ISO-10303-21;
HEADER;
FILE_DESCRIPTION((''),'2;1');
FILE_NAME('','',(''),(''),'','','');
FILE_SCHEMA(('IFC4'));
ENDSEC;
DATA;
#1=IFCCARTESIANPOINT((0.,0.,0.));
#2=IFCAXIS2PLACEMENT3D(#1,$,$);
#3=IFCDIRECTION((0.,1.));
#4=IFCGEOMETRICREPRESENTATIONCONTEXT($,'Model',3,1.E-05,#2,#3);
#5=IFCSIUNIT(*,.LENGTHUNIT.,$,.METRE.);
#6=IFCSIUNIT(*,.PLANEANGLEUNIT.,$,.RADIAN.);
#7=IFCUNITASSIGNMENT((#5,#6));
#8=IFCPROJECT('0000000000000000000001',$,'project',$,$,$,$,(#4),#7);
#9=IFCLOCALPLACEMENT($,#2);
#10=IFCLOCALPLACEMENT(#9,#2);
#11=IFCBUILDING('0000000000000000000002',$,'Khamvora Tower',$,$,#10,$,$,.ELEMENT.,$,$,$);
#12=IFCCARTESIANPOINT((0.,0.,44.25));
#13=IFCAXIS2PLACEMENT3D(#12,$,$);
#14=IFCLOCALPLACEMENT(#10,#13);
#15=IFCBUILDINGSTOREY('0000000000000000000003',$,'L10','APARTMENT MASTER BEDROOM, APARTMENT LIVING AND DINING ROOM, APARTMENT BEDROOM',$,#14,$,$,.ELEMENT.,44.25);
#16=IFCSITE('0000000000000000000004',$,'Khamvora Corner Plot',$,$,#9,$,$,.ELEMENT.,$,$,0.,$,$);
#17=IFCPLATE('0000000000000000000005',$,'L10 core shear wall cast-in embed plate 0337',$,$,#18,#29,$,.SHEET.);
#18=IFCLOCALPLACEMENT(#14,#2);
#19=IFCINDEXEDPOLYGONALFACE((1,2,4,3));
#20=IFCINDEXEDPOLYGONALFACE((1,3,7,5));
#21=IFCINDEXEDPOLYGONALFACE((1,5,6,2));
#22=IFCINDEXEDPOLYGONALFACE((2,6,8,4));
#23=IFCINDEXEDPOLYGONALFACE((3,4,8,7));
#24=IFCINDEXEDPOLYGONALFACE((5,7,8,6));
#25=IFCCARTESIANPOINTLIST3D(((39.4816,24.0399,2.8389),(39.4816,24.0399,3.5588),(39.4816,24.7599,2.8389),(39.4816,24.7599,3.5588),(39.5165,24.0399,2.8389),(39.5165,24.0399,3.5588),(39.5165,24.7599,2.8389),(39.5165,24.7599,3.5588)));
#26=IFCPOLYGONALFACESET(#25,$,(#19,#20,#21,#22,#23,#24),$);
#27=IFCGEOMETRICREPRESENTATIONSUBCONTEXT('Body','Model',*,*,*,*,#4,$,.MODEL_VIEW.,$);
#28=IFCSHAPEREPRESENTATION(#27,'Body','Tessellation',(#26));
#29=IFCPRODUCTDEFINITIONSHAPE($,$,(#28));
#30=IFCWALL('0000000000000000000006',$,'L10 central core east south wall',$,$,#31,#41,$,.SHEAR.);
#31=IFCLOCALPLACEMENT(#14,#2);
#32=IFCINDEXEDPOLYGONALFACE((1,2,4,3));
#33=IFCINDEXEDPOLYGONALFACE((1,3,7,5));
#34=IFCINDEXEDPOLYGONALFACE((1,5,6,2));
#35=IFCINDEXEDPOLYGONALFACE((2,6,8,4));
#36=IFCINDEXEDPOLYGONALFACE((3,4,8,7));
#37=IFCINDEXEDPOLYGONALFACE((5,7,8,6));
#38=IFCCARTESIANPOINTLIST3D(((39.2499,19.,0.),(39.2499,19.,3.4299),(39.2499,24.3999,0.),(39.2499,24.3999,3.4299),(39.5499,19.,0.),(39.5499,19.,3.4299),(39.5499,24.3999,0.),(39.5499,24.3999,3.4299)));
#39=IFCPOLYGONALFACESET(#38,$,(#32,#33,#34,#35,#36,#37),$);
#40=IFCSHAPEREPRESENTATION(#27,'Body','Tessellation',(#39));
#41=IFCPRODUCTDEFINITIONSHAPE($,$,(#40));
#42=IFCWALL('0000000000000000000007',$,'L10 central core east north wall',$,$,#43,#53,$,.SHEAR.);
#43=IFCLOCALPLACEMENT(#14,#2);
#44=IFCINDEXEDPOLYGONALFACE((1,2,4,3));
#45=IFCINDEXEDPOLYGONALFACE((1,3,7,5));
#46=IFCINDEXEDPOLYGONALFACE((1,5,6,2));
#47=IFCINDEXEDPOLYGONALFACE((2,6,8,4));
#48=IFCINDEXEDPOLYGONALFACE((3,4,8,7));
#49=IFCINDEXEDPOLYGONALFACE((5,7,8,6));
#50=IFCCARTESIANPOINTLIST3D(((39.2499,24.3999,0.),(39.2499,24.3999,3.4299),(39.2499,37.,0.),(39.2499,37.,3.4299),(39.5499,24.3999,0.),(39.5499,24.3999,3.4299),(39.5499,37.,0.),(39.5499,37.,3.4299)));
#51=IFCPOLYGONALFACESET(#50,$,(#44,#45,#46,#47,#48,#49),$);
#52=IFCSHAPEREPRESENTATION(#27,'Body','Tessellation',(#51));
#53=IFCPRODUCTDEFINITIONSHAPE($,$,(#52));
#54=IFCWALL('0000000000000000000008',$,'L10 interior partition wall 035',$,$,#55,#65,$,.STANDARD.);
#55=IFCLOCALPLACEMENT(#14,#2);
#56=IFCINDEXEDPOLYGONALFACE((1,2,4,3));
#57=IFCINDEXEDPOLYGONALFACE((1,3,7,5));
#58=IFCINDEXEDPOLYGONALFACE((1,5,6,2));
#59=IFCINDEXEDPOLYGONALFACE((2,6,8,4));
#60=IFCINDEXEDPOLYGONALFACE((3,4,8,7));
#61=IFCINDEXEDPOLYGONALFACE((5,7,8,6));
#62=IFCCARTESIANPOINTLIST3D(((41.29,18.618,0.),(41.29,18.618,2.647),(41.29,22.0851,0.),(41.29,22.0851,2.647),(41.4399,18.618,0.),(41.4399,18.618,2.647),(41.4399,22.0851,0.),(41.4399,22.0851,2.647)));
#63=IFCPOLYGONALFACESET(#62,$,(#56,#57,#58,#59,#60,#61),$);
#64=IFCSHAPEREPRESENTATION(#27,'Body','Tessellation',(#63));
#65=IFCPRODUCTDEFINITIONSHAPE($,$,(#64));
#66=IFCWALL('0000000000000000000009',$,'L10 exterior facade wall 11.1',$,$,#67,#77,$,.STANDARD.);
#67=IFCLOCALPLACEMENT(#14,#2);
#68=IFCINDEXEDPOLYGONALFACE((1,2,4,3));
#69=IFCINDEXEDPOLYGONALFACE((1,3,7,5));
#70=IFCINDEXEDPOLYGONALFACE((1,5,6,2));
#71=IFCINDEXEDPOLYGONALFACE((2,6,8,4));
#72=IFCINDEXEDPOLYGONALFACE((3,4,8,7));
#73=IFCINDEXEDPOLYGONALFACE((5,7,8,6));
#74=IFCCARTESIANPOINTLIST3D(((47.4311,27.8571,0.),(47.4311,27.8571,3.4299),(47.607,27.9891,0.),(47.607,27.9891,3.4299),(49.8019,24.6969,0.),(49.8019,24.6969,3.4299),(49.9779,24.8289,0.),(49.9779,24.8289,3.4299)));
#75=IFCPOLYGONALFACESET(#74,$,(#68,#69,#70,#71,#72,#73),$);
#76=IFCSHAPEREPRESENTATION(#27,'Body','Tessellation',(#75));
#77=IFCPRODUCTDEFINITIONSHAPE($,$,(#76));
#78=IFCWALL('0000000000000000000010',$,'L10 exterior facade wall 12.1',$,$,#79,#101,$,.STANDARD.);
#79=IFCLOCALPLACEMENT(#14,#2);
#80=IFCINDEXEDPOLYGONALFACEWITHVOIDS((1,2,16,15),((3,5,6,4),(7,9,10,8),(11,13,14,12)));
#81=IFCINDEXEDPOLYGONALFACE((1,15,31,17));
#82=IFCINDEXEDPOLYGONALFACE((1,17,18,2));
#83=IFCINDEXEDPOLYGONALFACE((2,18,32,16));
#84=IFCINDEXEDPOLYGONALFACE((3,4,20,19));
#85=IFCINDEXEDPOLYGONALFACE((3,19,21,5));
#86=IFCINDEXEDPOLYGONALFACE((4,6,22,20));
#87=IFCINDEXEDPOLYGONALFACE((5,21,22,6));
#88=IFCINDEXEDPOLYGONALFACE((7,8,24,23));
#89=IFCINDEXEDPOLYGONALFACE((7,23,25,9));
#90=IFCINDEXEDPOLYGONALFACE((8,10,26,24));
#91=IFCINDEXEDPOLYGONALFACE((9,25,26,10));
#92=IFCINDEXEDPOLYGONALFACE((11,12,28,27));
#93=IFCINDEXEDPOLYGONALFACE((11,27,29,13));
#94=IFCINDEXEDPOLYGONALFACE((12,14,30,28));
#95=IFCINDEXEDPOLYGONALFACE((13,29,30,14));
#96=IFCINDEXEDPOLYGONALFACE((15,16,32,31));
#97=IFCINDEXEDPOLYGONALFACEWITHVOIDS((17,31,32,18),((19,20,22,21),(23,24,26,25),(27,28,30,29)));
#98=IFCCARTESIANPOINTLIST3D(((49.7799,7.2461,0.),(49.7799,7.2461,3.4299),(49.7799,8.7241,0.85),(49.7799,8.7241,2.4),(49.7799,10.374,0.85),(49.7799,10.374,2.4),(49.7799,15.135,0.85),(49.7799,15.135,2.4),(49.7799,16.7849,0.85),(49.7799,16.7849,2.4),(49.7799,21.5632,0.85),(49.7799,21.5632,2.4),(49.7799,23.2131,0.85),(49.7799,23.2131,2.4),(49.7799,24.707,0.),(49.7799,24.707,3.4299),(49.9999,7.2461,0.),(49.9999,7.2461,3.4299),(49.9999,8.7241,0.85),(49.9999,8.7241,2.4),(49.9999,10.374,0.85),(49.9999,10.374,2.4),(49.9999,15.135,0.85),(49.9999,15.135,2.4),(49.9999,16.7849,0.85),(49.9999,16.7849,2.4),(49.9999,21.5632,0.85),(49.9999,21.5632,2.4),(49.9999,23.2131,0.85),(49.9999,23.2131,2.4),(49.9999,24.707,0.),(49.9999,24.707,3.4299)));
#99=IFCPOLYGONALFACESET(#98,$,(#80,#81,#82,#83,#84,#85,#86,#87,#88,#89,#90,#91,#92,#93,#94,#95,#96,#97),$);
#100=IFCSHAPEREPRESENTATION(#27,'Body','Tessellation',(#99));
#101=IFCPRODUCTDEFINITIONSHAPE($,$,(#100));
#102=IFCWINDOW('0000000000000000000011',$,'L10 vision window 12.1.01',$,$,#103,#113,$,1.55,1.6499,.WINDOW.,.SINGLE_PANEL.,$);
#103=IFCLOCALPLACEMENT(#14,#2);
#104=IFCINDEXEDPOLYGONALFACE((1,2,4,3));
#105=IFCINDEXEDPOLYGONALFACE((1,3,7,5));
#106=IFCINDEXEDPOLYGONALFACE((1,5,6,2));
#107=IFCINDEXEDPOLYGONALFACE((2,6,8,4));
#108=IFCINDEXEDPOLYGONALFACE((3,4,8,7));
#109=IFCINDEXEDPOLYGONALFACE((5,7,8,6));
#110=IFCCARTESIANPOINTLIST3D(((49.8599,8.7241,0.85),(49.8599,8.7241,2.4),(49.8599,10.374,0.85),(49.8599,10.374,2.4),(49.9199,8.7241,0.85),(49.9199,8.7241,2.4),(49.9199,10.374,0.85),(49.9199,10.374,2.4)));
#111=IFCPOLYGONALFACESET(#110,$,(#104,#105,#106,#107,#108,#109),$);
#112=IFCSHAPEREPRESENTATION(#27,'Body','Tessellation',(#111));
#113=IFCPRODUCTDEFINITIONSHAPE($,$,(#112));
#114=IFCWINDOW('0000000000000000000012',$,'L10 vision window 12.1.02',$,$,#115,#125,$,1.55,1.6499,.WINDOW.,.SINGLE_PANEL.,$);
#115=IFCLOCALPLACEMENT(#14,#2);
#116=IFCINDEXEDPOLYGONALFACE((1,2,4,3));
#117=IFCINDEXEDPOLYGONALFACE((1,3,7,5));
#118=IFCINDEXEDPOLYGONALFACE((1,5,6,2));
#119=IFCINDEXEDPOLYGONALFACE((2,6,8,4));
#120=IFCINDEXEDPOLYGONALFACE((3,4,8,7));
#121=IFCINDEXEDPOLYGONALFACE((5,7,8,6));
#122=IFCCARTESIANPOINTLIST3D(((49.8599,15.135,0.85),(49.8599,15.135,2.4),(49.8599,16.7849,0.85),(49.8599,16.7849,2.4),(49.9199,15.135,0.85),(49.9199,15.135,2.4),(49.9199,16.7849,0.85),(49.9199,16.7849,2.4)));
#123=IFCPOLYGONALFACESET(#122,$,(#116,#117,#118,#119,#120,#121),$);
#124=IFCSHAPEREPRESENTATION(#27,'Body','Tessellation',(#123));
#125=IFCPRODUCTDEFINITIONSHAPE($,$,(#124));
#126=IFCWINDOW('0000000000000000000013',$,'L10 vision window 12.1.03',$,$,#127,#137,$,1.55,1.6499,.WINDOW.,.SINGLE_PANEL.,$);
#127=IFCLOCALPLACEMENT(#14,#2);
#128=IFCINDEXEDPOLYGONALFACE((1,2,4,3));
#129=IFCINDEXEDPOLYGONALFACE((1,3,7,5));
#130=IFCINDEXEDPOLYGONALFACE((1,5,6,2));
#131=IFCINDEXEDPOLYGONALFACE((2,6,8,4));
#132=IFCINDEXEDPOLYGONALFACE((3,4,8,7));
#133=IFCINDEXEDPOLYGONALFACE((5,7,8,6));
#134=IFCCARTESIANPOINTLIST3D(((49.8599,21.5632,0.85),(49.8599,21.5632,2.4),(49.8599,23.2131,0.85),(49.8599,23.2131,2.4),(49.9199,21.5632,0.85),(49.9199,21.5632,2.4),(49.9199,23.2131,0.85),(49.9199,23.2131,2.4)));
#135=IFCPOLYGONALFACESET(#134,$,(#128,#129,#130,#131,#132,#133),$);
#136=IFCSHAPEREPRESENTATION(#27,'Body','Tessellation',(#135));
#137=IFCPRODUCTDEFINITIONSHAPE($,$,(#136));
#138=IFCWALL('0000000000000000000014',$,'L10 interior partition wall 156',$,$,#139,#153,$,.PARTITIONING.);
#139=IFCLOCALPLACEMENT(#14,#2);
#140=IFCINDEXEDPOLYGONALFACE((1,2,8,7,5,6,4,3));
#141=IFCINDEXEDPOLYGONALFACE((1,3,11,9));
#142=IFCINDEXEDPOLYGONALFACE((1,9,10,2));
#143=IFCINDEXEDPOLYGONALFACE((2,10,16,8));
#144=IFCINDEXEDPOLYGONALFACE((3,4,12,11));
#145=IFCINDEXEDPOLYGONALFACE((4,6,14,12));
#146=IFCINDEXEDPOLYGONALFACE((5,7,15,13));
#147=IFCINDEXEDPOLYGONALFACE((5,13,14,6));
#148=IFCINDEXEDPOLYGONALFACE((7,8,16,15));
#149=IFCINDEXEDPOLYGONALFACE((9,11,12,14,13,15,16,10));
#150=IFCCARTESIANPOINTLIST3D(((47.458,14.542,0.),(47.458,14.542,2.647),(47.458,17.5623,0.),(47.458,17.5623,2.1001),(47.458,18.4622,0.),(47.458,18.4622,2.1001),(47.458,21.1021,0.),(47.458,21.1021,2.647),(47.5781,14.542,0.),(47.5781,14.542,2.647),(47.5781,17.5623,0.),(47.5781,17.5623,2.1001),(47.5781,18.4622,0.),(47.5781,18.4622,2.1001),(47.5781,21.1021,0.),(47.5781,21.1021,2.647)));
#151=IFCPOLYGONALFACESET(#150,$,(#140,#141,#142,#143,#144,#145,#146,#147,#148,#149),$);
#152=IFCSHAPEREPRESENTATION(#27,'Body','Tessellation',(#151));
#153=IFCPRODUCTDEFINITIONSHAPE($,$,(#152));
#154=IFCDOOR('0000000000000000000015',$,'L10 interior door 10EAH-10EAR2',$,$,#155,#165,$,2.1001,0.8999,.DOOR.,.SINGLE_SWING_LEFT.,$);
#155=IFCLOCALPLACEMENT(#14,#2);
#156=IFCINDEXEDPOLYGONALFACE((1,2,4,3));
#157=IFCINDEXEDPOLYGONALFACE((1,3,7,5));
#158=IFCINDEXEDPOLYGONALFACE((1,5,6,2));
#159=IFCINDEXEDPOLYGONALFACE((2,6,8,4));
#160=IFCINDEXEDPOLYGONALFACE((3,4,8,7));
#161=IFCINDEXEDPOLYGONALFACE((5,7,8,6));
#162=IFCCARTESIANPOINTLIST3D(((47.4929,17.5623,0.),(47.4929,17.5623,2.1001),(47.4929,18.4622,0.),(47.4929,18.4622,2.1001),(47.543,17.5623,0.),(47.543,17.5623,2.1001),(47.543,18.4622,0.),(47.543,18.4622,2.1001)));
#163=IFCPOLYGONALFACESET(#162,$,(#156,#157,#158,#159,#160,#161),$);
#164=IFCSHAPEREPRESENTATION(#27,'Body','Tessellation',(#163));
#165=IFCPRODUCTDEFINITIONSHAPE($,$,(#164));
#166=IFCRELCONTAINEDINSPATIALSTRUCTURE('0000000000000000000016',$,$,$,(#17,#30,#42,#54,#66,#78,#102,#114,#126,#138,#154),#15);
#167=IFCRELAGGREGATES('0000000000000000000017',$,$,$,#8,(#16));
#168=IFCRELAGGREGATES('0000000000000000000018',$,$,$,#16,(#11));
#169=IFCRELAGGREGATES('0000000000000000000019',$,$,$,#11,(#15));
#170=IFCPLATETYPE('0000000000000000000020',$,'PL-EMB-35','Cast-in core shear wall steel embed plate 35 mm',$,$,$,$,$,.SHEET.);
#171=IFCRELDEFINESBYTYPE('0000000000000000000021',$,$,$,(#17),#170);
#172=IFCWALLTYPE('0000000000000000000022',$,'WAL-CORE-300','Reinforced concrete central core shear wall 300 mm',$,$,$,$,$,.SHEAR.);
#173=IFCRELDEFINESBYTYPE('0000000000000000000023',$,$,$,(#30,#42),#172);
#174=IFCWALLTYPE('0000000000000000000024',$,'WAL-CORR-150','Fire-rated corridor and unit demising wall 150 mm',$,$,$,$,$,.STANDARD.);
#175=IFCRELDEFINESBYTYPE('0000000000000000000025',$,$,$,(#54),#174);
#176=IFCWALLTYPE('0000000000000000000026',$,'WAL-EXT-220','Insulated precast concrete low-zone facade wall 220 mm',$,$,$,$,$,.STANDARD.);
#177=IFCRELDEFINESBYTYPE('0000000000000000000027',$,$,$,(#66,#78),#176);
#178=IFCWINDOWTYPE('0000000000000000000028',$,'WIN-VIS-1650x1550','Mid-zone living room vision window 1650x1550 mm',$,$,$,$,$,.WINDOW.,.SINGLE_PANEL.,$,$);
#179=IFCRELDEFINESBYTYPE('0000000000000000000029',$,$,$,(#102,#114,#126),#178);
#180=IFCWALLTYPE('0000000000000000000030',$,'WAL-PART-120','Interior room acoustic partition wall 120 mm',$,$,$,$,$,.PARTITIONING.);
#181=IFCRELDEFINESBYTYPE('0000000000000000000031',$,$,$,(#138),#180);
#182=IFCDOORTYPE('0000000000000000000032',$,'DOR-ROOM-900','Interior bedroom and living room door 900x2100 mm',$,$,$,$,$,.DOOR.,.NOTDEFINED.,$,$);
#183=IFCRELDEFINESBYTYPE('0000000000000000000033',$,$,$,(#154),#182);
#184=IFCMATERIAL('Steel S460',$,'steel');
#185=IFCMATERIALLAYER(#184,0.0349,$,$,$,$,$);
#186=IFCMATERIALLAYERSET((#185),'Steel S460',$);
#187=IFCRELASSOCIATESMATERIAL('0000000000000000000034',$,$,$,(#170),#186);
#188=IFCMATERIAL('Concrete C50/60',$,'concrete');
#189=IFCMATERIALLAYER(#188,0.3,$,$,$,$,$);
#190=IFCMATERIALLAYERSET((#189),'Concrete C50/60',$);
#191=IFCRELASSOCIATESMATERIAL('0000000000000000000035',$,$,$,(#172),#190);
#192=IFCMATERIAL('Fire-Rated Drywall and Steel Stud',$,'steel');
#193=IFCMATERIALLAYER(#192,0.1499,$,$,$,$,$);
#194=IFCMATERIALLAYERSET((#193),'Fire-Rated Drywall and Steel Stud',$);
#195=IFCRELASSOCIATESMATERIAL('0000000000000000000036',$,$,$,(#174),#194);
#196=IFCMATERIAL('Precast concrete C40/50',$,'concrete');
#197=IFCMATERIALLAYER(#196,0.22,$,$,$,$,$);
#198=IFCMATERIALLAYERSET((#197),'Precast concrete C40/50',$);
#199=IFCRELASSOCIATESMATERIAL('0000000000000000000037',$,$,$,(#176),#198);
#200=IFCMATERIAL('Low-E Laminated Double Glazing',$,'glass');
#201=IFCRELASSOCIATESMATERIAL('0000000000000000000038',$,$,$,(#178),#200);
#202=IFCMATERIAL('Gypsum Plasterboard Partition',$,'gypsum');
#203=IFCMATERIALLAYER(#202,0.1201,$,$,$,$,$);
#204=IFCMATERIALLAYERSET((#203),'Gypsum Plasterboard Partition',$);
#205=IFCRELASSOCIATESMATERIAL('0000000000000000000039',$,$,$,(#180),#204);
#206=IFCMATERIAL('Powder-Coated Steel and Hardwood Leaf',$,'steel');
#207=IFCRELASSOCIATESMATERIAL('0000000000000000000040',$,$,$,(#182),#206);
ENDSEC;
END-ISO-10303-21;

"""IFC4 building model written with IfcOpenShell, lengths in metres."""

from ifc_helpers import new_model, si_unit, direction, frame, frame_2d, origin, origin_2d, place, context, subcontext, project, spatial, rectangle, extrude, material, layer, layer_set, type_object, element, fill, save


model = new_model("IFC4")

# Units and contexts
model_context = context("Model", 3, precision=1e-05, world=origin(), true_north=direction((0.0, 1.0)))
body_context = subcontext(model_context, "Body", "Model", "MODEL_VIEW")
ifc_project = project(units=[si_unit("LENGTHUNIT", "METRE"), si_unit("PLANEANGLEUNIT", "RADIAN")], contexts=[model_context])

# Site, building, storey
site_placement = place(None, origin())
site = spatial("IfcSite", under=ifc_project, at=site_placement, Name="Khamvora Corner Plot", CompositionType="ELEMENT", RefElevation=0.0)
building_placement = place(site_placement, origin())
building = spatial("IfcBuilding", under=site, at=building_placement, Name="Khamvora Tower", CompositionType="ELEMENT")
storey_placement = place(building_placement, frame((0.0, 0.0, 44.25)))
storey = spatial("IfcBuildingStorey", under=building, at=storey_placement, Name="L10", Description="APARTMENT MASTER BEDROOM, APARTMENT LIVING AND DINING ROOM, APARTMENT BEDROOM", CompositionType="ELEMENT", Elevation=44.25)

# Shared definitions
ifc_material_1 = material(Name="Steel S460", Category="steel")

# Plate
ifc_layer_1 = layer(ifc_material_1, 0.0349)
ifc_layer_set_1 = layer_set([ifc_layer_1], Name="Steel S460")
plate_type = type_object("IfcPlateType", Name="PL-EMB-35", Description="Cast-in core shear wall steel embed plate 35 mm", PredefinedType="SHEET", material=ifc_layer_set_1)
for number, where, z_axis, x_axis, name in (
    (1, (39.499, 24.3999, 2.8389), (0.0, 0.0, 1.0), (1.0, 0.0, 0.0), "L10 core shear wall cast-in embed plate 0337"),
):
    element("IfcPlate", number, at=place(storey_placement, frame(where, z_axis=z_axis, x_axis=x_axis)), inside=storey, type_object=plate_type, Name=name, PredefinedType="SHEET", context=body_context, shape_type="SweptSolid", body=[
        extrude(rectangle(XDim=0.0349, YDim=0.72, at=origin_2d()), origin(), (0.0, 0.0, 1.0), 0.72),
    ])

# Walls
ifc_material_2 = material(Name="Concrete C50/60", Category="concrete")
ifc_layer_2 = layer(ifc_material_2, 0.3)
ifc_layer_set_2 = layer_set([ifc_layer_2], Name="Concrete C50/60")
wall_type_1 = type_object("IfcWallType", Name="WAL-CORE-300", Description="Reinforced concrete central core shear wall 300 mm", PredefinedType="SHEAR", material=ifc_layer_set_2)
wall_1_placement = place(storey_placement, frame((39.3999, 19.0, 0.0), z_axis=(0.0, 0.0, 1.0), x_axis=(0.0, 1.0, 0.0)))
element("IfcWall", 2, at=wall_1_placement, inside=storey, type_object=wall_type_1, Name="L10 central core east south wall", PredefinedType="SHEAR", context=body_context, shape_type="SweptSolid", body=[
    extrude(rectangle(XDim=5.3999, YDim=0.3, at=frame_2d((2.7, 0.0))), origin(), (0.0, 0.0, 1.0), 3.4299),
])
wall_2_placement = place(storey_placement, frame((39.3999, 24.3999, 0.0), z_axis=(0.0, 0.0, 1.0), x_axis=(0.0, 1.0, 0.0)))
element("IfcWall", 3, at=wall_2_placement, inside=storey, type_object=wall_type_1, Name="L10 central core east north wall", PredefinedType="SHEAR", context=body_context, shape_type="SweptSolid", body=[
    extrude(rectangle(XDim=12.6001, YDim=0.3, at=frame_2d((6.3, 0.0))), origin(), (0.0, 0.0, 1.0), 3.4299),
])

# Shared definitions
ifc_material_3 = material(Name="Fire-Rated Drywall and Steel Stud", Category="steel")
ifc_layer_3 = layer(ifc_material_3, 0.1499)
ifc_layer_set_3 = layer_set([ifc_layer_3], Name="Fire-Rated Drywall and Steel Stud")
wall_type_2 = type_object("IfcWallType", Name="WAL-CORR-150", Description="Fire-rated corridor and unit demising wall 150 mm", PredefinedType="STANDARD", material=ifc_layer_set_3)
ifc_material_4 = material(Name="Powder-Coated Steel and Hardwood Leaf", Category="steel")

# Walls
wall_3_placement = place(storey_placement, frame((41.365, 22.085, 0.0), z_axis=(0.0, 0.0, 1.0), x_axis=(0.0, -1.0, 0.0)))
element("IfcWall", 4, at=wall_3_placement, inside=storey, type_object=wall_type_2, Name="L10 interior partition wall 035", PredefinedType="STANDARD", context=body_context, shape_type="SweptSolid", body=[
    extrude(rectangle(XDim=3.467, YDim=0.1499, at=frame_2d((1.7334, 0.0))), origin(), (0.0, 0.0, 1.0), 2.647),
])
ifc_material_5 = material(Name="Precast concrete C40/50", Category="concrete")
ifc_layer_4 = layer(ifc_material_5, 0.22)
ifc_layer_set_4 = layer_set([ifc_layer_4], Name="Precast concrete C40/50")
wall_type_3 = type_object("IfcWallType", Name="WAL-EXT-220", Description="Insulated precast concrete low-zone facade wall 220 mm", PredefinedType="STANDARD", material=ifc_layer_set_4)
wall_4_placement = place(storey_placement, frame((47.519, 27.9231, 0.0), z_axis=(0.0, 0.0, 1.0), x_axis=(0.600119, -0.799911, 0.0)))
element("IfcWall", 5, at=wall_4_placement, inside=storey, type_object=wall_type_3, Name="L10 exterior facade wall 11.1", PredefinedType="STANDARD", context=body_context, shape_type="SweptSolid", body=[
    extrude(rectangle(XDim=3.9507, YDim=0.22, at=frame_2d((1.9753, 0.0))), origin(), (0.0, 0.0, 1.0), 3.4299),
])

# Wall, openings, windows
wall_5_placement = place(storey_placement, frame((49.8899, 24.707, 0.0), z_axis=(0.0, 0.0, 1.0), x_axis=(0.0, -1.0, 0.0)))
wall_5 = element("IfcWall", 6, at=wall_5_placement, inside=storey, type_object=wall_type_3, Name="L10 exterior facade wall 12.1", PredefinedType="STANDARD", context=body_context, shape_type="SweptSolid", body=[
    extrude(rectangle(XDim=17.4609, YDim=0.22, at=frame_2d((8.7305, 0.0))), origin(), (0.0, 0.0, 1.0), 3.4299),
])
opening_1_placement = place(wall_5_placement, frame((14.333, 0.0, 0.8501)))
opening_1 = element("IfcOpeningElement", 7, at=opening_1_placement, cuts=wall_5, PredefinedType="OPENING", context=body_context, shape_type="SweptSolid", body=[
    extrude(rectangle(XDim=1.6499, YDim=1.55, at=frame_2d((0.825, 0.7749))), frame((0.0, 0.1199, 0.0), z_axis=(0.0, -1.0, 0.0), x_axis=(1.0, 0.0, 0.0)), (0.0, 0.0, 1.0), 0.24),
])
opening_2_placement = place(wall_5_placement, frame((7.9221, 0.0, 0.8501)))
opening_2 = element("IfcOpeningElement", 8, at=opening_2_placement, cuts=wall_5, PredefinedType="OPENING", context=body_context, shape_type="SweptSolid", body=[
    extrude(rectangle(XDim=1.6499, YDim=1.55, at=frame_2d((0.825, 0.7749))), frame((0.0, 0.1199, 0.0), z_axis=(0.0, -1.0, 0.0), x_axis=(1.0, 0.0, 0.0)), (0.0, 0.0, 1.0), 0.24),
])
opening_3_placement = place(wall_5_placement, frame((1.4939, 0.0, 0.8501)))
opening_3 = element("IfcOpeningElement", 9, at=opening_3_placement, cuts=wall_5, PredefinedType="OPENING", context=body_context, shape_type="SweptSolid", body=[
    extrude(rectangle(XDim=1.6499, YDim=1.55, at=frame_2d((0.825, 0.7749))), frame((0.0, 0.1199, 0.0), z_axis=(0.0, -1.0, 0.0), x_axis=(1.0, 0.0, 0.0)), (0.0, 0.0, 1.0), 0.24),
])
ifc_material_6 = material(Name="Low-E Laminated Double Glazing", Category="glass")
window_type = type_object("IfcWindowType", Name="WIN-VIS-1650x1550", Description="Mid-zone living room vision window 1650x1550 mm", PartitioningType="SINGLE_PANEL", PredefinedType="WINDOW", material=ifc_material_6)
window_1_placement = place(opening_1_placement, origin())
window_1 = element("IfcWindow", 10, at=window_1_placement, inside=storey, type_object=window_type, Name="L10 vision window 12.1.01", OverallHeight=1.55, OverallWidth=1.6499, PartitioningType="SINGLE_PANEL", PredefinedType="WINDOW", context=body_context, shape_type="SweptSolid", body=[
    extrude(rectangle(XDim=1.6499, YDim=1.55, at=frame_2d((0.825, 0.7749))), frame((0.0, 0.03, 0.0), z_axis=(0.0, -1.0, 0.0), x_axis=(1.0, 0.0, 0.0)), (0.0, 0.0, 1.0), 0.0601),
])
fill(opening_1, window_1)
window_2_placement = place(opening_2_placement, origin())
window_2 = element("IfcWindow", 11, at=window_2_placement, inside=storey, type_object=window_type, Name="L10 vision window 12.1.02", OverallHeight=1.55, OverallWidth=1.6499, PartitioningType="SINGLE_PANEL", PredefinedType="WINDOW", context=body_context, shape_type="SweptSolid", body=[
    extrude(rectangle(XDim=1.6499, YDim=1.55, at=frame_2d((0.825, 0.7749))), frame((0.0, 0.03, 0.0), z_axis=(0.0, -1.0, 0.0), x_axis=(1.0, 0.0, 0.0)), (0.0, 0.0, 1.0), 0.0601),
])
fill(opening_2, window_2)
window_3_placement = place(opening_3_placement, origin())
window_3 = element("IfcWindow", 12, at=window_3_placement, inside=storey, type_object=window_type, Name="L10 vision window 12.1.03", OverallHeight=1.55, OverallWidth=1.6499, PartitioningType="SINGLE_PANEL", PredefinedType="WINDOW", context=body_context, shape_type="SweptSolid", body=[
    extrude(rectangle(XDim=1.6499, YDim=1.55, at=frame_2d((0.825, 0.7749))), frame((0.0, 0.03, 0.0), z_axis=(0.0, -1.0, 0.0), x_axis=(1.0, 0.0, 0.0)), (0.0, 0.0, 1.0), 0.0601),
])
fill(opening_3, window_3)

# Wall, opening, door
ifc_material_7 = material(Name="Gypsum Plasterboard Partition", Category="gypsum")
ifc_layer_5 = layer(ifc_material_7, 0.1201)
ifc_layer_set_5 = layer_set([ifc_layer_5], Name="Gypsum Plasterboard Partition")
wall_type_4 = type_object("IfcWallType", Name="WAL-PART-120", Description="Interior room acoustic partition wall 120 mm", PredefinedType="PARTITIONING", material=ifc_layer_set_5)
wall_6_placement = place(storey_placement, frame((47.5181, 21.1021, 0.0), z_axis=(0.0, 0.0, 1.0), x_axis=(0.0, -1.0, 0.0)))
wall_6 = element("IfcWall", 13, at=wall_6_placement, inside=storey, type_object=wall_type_4, Name="L10 interior partition wall 156", PredefinedType="PARTITIONING", context=body_context, shape_type="SweptSolid", body=[
    extrude(rectangle(XDim=6.5601, YDim=0.1201, at=frame_2d((3.28, 0.0))), origin(), (0.0, 0.0, 1.0), 2.647),
])
opening_4_placement = place(wall_6_placement, frame((2.6399, 0.0, 0.0)))
opening_4 = element("IfcOpeningElement", 14, at=opening_4_placement, cuts=wall_6, PredefinedType="OPENING", context=body_context, shape_type="SweptSolid", body=[
    extrude(rectangle(XDim=0.8999, YDim=2.1001, at=frame_2d((0.45, 1.05))), frame((0.0, 0.0701, 0.0), z_axis=(0.0, -1.0, 0.0), x_axis=(1.0, 0.0, 0.0)), (0.0, 0.0, 1.0), 0.1401),
])
door_type_1 = type_object("IfcDoorType", Name="DOR-ROOM-900", Description="Interior bedroom and living room door 900x2100 mm", OperationType="NOTDEFINED", PredefinedType="DOOR", material=ifc_material_4)
door_1_placement = place(opening_4_placement, origin())
door_1 = element("IfcDoor", 15, at=door_1_placement, inside=storey, type_object=door_type_1, Name="L10 interior door 10EAH-10EAR2", OperationType="SINGLE_SWING_LEFT", OverallHeight=2.1001, OverallWidth=0.8999, PredefinedType="DOOR", context=body_context, shape_type="SweptSolid", body=[
    extrude(rectangle(XDim=0.8999, YDim=2.1001, at=frame_2d((0.45, 1.05))), frame((0.0, 0.0249, 0.0), z_axis=(0.0, -1.0, 0.0), x_axis=(1.0, 0.0, 0.0)), (0.0, 0.0, 1.0), 0.05),
])
fill(opening_4, door_1)

save(model, "model.ifc")
